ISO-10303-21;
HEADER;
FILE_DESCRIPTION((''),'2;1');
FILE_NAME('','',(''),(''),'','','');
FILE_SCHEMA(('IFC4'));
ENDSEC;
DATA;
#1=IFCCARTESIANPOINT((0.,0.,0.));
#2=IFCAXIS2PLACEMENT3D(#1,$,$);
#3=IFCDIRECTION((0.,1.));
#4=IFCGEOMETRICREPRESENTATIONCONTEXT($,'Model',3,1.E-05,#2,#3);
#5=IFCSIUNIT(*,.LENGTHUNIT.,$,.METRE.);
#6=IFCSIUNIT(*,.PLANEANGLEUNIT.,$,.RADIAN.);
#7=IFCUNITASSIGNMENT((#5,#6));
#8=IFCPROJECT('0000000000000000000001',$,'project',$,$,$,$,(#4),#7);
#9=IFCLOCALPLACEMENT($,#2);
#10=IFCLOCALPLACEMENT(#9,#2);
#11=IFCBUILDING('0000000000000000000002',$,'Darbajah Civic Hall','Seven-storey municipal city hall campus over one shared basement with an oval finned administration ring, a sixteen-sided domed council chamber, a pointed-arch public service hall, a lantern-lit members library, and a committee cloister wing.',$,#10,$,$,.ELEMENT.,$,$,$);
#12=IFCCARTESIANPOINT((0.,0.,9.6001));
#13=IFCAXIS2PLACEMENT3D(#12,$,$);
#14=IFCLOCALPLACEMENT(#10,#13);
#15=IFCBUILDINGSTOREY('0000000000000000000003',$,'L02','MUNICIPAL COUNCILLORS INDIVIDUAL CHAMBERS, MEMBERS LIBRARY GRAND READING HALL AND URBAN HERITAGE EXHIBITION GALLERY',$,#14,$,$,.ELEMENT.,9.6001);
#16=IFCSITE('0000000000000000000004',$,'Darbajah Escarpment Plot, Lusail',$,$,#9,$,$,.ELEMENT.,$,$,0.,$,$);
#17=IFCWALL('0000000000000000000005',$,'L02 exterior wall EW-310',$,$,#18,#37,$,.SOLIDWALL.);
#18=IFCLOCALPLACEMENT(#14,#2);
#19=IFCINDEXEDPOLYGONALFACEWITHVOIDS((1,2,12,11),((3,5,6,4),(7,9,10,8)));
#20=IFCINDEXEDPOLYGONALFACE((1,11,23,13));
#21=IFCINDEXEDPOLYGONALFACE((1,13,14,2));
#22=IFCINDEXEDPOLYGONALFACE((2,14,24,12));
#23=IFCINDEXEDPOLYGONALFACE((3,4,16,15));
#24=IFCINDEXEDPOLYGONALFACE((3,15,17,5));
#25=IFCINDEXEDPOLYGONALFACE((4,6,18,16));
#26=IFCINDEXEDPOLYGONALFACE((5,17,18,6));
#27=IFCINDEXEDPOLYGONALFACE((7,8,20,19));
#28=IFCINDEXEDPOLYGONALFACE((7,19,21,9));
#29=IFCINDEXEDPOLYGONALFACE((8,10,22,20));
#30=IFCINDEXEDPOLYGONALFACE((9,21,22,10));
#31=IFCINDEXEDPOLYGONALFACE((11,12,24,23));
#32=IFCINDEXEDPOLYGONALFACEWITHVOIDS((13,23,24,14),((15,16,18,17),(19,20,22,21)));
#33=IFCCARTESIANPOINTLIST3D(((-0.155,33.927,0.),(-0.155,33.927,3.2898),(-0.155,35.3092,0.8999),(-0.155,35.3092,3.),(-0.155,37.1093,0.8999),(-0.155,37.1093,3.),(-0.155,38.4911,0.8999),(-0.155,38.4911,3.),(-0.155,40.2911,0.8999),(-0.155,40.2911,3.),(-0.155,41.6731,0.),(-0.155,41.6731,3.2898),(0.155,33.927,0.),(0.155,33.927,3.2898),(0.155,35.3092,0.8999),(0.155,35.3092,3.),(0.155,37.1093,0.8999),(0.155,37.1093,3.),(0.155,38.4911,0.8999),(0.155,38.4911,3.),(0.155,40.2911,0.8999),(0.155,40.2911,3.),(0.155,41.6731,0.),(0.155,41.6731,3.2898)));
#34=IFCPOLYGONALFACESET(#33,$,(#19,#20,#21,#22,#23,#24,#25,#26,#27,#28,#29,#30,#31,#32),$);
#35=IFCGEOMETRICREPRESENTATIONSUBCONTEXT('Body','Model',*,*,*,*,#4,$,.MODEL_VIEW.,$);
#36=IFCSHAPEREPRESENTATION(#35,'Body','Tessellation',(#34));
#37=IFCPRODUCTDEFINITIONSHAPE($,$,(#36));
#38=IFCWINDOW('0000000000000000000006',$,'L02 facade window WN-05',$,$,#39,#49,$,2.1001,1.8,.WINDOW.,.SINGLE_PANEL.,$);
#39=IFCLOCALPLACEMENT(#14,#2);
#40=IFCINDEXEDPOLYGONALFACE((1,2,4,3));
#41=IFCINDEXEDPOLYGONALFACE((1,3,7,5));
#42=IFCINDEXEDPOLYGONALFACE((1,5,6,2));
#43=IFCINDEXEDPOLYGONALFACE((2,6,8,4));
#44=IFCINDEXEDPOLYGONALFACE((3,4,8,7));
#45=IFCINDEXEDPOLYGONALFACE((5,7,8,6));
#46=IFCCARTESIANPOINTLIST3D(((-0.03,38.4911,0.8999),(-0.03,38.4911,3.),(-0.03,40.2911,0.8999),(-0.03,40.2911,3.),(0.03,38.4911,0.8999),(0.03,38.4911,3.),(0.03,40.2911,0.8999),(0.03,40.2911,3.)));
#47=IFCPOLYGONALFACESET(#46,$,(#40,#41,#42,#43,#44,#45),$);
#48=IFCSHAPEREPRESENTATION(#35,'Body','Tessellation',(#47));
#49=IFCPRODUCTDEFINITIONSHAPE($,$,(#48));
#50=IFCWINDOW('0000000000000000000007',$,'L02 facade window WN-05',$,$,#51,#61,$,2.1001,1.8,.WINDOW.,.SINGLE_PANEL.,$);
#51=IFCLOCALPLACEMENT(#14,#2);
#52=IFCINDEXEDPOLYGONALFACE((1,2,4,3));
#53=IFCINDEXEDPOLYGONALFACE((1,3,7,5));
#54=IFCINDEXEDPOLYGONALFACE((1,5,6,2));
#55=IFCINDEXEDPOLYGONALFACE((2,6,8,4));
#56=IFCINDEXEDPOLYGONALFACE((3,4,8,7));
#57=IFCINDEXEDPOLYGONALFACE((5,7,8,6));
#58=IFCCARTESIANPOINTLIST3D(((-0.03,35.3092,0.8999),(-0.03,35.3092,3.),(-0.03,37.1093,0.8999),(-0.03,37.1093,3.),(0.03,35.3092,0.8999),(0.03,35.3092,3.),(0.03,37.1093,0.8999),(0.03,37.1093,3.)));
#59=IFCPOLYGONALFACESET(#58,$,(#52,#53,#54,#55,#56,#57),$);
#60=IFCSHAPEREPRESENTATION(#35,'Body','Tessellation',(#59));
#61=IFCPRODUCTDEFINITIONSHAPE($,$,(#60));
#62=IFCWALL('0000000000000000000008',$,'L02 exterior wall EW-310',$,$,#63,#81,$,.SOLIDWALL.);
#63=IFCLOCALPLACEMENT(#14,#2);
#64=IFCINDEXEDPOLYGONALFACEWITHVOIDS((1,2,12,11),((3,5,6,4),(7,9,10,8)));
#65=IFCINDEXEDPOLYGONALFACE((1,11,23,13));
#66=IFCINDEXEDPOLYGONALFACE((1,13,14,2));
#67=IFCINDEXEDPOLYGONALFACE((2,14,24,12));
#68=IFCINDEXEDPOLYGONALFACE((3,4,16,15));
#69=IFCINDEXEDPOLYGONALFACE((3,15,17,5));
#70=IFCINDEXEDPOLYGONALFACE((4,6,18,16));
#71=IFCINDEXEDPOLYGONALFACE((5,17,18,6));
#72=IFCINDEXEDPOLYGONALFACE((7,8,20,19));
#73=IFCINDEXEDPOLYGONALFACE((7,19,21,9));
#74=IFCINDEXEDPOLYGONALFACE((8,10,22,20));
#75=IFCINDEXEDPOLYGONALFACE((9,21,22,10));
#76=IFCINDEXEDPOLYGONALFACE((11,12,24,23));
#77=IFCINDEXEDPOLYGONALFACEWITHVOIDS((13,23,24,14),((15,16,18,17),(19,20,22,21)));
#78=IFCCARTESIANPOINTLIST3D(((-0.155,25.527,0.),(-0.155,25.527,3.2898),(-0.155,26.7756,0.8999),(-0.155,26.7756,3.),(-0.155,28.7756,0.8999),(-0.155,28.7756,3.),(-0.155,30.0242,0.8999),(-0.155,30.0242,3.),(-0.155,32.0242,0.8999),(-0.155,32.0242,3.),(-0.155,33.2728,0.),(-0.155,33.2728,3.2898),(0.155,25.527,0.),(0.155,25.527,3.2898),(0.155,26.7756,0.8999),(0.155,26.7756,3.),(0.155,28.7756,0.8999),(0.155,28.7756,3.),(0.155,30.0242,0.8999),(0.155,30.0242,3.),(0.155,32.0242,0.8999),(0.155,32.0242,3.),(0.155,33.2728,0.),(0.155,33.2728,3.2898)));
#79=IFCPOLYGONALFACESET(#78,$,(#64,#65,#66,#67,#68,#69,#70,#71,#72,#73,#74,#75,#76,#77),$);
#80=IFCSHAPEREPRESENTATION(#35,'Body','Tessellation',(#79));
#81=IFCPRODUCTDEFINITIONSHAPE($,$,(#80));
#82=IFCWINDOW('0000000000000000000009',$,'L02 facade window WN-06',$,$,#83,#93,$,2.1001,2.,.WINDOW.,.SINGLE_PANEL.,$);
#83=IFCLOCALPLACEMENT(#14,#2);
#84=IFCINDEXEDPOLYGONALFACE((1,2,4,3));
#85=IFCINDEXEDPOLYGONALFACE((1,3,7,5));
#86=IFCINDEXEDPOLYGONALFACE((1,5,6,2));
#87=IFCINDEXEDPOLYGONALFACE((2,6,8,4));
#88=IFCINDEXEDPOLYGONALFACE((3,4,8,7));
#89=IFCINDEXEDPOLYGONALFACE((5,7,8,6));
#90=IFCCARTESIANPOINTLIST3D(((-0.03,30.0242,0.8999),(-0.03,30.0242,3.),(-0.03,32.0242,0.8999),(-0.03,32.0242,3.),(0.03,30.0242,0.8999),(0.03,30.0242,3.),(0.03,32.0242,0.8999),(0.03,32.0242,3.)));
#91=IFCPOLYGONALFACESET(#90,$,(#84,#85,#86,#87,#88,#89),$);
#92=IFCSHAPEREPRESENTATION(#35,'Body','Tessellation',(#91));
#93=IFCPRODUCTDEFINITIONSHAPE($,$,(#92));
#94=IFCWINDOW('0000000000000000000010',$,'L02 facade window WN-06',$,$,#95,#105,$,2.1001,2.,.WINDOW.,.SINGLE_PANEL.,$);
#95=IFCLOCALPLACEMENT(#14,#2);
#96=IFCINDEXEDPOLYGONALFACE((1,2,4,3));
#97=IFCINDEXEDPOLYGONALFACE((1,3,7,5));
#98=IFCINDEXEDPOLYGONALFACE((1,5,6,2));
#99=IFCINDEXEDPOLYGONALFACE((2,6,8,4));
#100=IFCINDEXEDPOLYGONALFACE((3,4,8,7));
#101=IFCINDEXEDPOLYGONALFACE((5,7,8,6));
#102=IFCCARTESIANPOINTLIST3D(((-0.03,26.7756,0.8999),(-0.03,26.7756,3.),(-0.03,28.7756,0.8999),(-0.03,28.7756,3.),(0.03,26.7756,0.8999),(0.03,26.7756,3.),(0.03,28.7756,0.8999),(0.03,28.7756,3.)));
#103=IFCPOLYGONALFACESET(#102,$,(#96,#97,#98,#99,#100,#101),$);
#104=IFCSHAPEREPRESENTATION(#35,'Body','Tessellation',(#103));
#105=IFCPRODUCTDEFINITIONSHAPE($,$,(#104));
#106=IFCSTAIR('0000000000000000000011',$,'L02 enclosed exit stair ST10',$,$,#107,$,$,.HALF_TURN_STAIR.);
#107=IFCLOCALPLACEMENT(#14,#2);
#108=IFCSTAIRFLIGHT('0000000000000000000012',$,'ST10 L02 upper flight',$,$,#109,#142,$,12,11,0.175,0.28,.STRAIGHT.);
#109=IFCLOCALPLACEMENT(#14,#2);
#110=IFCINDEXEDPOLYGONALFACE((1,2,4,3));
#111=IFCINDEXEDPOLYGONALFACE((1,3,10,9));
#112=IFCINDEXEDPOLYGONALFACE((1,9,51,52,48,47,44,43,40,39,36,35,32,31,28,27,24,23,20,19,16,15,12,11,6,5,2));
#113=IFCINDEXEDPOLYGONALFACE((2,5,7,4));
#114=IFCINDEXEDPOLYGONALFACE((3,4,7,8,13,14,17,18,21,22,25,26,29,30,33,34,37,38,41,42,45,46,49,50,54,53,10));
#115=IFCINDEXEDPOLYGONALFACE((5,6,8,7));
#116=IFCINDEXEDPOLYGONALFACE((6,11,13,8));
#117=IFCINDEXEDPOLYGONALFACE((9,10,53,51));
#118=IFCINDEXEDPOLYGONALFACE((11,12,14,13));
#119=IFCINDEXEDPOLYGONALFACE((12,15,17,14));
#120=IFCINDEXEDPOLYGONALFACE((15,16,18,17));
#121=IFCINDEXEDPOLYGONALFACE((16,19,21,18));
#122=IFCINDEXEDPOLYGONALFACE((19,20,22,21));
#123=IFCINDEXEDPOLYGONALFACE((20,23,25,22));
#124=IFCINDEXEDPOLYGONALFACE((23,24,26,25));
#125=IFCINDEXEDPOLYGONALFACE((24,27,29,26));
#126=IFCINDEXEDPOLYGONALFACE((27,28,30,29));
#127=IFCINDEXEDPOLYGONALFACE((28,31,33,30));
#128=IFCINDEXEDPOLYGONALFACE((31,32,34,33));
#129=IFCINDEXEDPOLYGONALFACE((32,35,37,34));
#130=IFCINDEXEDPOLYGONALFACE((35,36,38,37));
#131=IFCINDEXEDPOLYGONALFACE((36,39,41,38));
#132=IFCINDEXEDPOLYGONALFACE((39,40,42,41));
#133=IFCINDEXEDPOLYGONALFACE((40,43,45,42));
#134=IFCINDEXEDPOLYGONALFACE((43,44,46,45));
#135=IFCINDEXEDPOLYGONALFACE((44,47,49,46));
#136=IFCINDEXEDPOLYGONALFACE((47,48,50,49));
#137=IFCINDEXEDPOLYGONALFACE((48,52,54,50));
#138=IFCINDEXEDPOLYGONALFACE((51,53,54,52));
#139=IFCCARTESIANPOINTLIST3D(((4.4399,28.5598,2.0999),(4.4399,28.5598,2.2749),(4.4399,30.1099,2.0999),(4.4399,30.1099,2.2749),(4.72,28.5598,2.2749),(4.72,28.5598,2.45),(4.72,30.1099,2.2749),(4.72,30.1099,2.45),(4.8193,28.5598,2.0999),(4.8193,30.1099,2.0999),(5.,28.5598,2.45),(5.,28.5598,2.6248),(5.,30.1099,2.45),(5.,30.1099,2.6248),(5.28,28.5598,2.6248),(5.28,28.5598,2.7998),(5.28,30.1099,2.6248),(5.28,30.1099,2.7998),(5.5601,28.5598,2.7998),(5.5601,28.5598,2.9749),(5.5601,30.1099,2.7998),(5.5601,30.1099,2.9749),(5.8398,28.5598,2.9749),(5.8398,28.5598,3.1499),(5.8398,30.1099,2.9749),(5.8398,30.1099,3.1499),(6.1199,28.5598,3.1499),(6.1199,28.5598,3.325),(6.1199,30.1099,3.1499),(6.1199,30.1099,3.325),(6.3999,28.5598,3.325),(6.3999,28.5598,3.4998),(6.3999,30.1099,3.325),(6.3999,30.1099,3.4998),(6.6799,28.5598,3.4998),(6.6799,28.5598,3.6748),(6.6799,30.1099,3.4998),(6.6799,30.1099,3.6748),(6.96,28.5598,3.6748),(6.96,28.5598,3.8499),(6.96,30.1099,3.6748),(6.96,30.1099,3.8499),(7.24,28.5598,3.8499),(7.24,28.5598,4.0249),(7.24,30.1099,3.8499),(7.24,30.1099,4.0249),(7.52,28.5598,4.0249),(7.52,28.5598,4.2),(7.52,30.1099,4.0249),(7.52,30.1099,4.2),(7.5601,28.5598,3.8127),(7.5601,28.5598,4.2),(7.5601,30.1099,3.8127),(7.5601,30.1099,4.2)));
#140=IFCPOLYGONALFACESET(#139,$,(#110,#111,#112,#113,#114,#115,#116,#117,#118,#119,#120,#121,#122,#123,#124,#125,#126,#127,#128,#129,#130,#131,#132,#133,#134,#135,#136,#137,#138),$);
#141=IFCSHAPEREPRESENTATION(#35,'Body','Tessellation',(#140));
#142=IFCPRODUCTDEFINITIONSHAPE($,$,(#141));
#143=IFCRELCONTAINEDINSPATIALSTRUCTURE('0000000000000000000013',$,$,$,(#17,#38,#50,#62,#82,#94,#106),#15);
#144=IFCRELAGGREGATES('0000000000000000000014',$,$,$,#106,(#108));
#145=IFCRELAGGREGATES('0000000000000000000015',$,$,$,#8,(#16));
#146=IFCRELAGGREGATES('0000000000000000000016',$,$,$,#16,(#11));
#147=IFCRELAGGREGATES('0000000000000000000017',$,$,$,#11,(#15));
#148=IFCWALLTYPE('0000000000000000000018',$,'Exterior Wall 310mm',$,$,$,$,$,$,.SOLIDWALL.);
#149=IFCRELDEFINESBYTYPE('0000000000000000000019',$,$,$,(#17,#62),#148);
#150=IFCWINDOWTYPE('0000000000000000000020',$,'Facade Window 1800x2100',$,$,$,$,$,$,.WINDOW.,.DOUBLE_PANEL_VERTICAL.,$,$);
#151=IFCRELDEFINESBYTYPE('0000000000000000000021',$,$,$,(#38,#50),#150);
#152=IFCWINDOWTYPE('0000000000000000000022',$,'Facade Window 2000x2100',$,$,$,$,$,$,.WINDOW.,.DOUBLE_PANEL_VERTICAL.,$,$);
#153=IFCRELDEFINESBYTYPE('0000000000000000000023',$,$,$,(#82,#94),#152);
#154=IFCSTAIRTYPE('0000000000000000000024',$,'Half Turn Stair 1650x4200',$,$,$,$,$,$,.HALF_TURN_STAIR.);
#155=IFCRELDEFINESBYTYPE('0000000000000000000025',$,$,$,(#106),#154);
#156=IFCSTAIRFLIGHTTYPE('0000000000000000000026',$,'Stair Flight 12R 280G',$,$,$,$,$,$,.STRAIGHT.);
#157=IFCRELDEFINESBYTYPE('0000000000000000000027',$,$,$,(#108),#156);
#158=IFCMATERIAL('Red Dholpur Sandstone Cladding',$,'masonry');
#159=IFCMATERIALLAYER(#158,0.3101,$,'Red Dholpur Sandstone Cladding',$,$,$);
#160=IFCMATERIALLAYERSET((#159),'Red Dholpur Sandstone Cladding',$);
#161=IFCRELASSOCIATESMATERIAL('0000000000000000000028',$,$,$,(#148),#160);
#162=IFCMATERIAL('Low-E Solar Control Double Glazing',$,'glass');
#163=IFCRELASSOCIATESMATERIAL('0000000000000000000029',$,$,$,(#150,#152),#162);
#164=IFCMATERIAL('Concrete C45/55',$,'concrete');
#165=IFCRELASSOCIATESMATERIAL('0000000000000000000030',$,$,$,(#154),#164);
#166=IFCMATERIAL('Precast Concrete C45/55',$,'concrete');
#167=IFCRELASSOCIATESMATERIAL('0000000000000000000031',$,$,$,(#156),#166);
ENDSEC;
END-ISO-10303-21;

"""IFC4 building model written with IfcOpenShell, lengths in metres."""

from ifc_helpers import new_model, si_unit, direction, frame, frame_2d, origin, place, context, subcontext, project, spatial, polyline, rectangle, outline, extrude, material, layer, layer_set, type_object, element, fill, aggregate, save


model = new_model("IFC4")

# Units and contexts
model_context = context("Model", 3, precision=1e-05, world=origin(), true_north=direction((0.0, 1.0)))
body_context = subcontext(model_context, "Body", "Model", "MODEL_VIEW")
ifc_project = project(units=[si_unit("LENGTHUNIT", "METRE"), si_unit("PLANEANGLEUNIT", "RADIAN")], contexts=[model_context])

# Site, building, storey
site_placement = place(None, origin())
site = spatial("IfcSite", under=ifc_project, at=site_placement, Name="Darbajah Escarpment Plot, Lusail", CompositionType="ELEMENT", RefElevation=0.0)
building_placement = place(site_placement, origin())
building = spatial("IfcBuilding", under=site, at=building_placement, Name="Darbajah Civic Hall", Description="Seven-storey municipal city hall campus over one shared basement with an oval finned administration ring, a sixteen-sided domed council chamber, a pointed-arch public service hall, a lantern-lit members library, and a committee cloister wing.", CompositionType="ELEMENT")
storey_placement = place(building_placement, frame((0.0, 0.0, 9.6001)))
storey = spatial("IfcBuildingStorey", under=building, at=storey_placement, Name="L02", Description="MUNICIPAL COUNCILLORS INDIVIDUAL CHAMBERS, MEMBERS LIBRARY GRAND READING HALL AND URBAN HERITAGE EXHIBITION GALLERY", CompositionType="ELEMENT", Elevation=9.6001)

# Shared definitions
ifc_material_1 = material(Name="Concrete C45/55", Category="concrete")

# Walls, openings, windows
ifc_material_2 = material(Name="Red Dholpur Sandstone Cladding", Category="masonry")
ifc_layer_1 = layer(ifc_material_2, 0.3101, Name="Red Dholpur Sandstone Cladding")
ifc_layer_set_1 = layer_set([ifc_layer_1], Name="Red Dholpur Sandstone Cladding")
wall_type_1 = type_object("IfcWallType", Name="Exterior Wall 310mm", PredefinedType="SOLIDWALL", material=ifc_layer_set_1)
wall_1_placement = place(storey_placement, frame((0.0, 41.6731, 0.0), z_axis=(0.0, 0.0, 1.0), x_axis=(0.0, -1.0, 0.0)))
wall_1 = element("IfcWall", 1, at=wall_1_placement, inside=storey, type_object=wall_type_1, Name="L02 exterior wall EW-310", PredefinedType="SOLIDWALL", context=body_context, shape_type="SweptSolid", body=[
    extrude(rectangle(XDim=7.7461, YDim=0.3101, at=frame_2d((3.873, 0.0))), origin(), (0.0, 0.0, 1.0), 3.2898),
])
opening_1_placement = place(wall_1_placement, frame((1.3821, 0.0, 0.8999)))
opening_1 = element("IfcOpeningElement", 2, at=opening_1_placement, cuts=wall_1, PredefinedType="OPENING", context=body_context, shape_type="SweptSolid", body=[
    extrude(rectangle(XDim=1.8, YDim=2.1001, at=frame_2d((0.8999, 1.05))), frame((0.0, 0.165, 0.0), z_axis=(0.0, -1.0, 0.0), x_axis=(1.0, 0.0, 0.0)), (0.0, 0.0, 1.0), 0.3301),
])
opening_2_placement = place(wall_1_placement, frame((4.564, 0.0, 0.8999)))
opening_2 = element("IfcOpeningElement", 3, at=opening_2_placement, cuts=wall_1, PredefinedType="OPENING", context=body_context, shape_type="SweptSolid", body=[
    extrude(rectangle(XDim=1.8, YDim=2.1001, at=frame_2d((0.8999, 1.05))), frame((0.0, 0.165, 0.0), z_axis=(0.0, -1.0, 0.0), x_axis=(1.0, 0.0, 0.0)), (0.0, 0.0, 1.0), 0.3301),
])
ifc_material_3 = material(Name="Low-E Solar Control Double Glazing", Category="glass")
window_type_1 = type_object("IfcWindowType", Name="Facade Window 1800x2100", PartitioningType="DOUBLE_PANEL_VERTICAL", PredefinedType="WINDOW", material=ifc_material_3)
window_1_placement = place(opening_1_placement, origin())
window_1 = element("IfcWindow", 4, at=window_1_placement, inside=storey, type_object=window_type_1, Name="L02 facade window WN-05", OverallHeight=2.1001, OverallWidth=1.8, PartitioningType="SINGLE_PANEL", PredefinedType="WINDOW", context=body_context, shape_type="SweptSolid", body=[
    extrude(rectangle(XDim=1.8, YDim=2.1001, at=frame_2d((0.8999, 1.05))), frame((0.0, 0.03, 0.0), z_axis=(0.0, -1.0, 0.0), x_axis=(1.0, 0.0, 0.0)), (0.0, 0.0, 1.0), 0.0601),
])
fill(opening_1, window_1)
window_2_placement = place(opening_2_placement, origin())
window_2 = element("IfcWindow", 5, at=window_2_placement, inside=storey, type_object=window_type_1, Name="L02 facade window WN-05", OverallHeight=2.1001, OverallWidth=1.8, PartitioningType="SINGLE_PANEL", PredefinedType="WINDOW", context=body_context, shape_type="SweptSolid", body=[
    extrude(rectangle(XDim=1.8, YDim=2.1001, at=frame_2d((0.8999, 1.05))), frame((0.0, 0.03, 0.0), z_axis=(0.0, -1.0, 0.0), x_axis=(1.0, 0.0, 0.0)), (0.0, 0.0, 1.0), 0.0601),
])
fill(opening_2, window_2)
wall_2_placement = place(storey_placement, frame((0.0, 33.2729, 0.0), z_axis=(0.0, 0.0, 1.0), x_axis=(0.0, -1.0, 0.0)))
wall_2 = element("IfcWall", 6, at=wall_2_placement, inside=storey, type_object=wall_type_1, Name="L02 exterior wall EW-310", PredefinedType="SOLIDWALL", context=body_context, shape_type="SweptSolid", body=[
    extrude(rectangle(XDim=7.7458, YDim=0.3101, at=frame_2d((3.873, 0.0))), origin(), (0.0, 0.0, 1.0), 3.2898),
])
opening_3_placement = place(wall_2_placement, frame((1.2488, 0.0, 0.8999)))
opening_3 = element("IfcOpeningElement", 7, at=opening_3_placement, cuts=wall_2, PredefinedType="OPENING", context=body_context, shape_type="SweptSolid", body=[
    extrude(rectangle(XDim=2.0, YDim=2.1001, at=frame_2d((1.0, 1.05))), frame((0.0, 0.165, 0.0), z_axis=(0.0, -1.0, 0.0), x_axis=(1.0, 0.0, 0.0)), (0.0, 0.0, 1.0), 0.3301),
])
opening_4_placement = place(wall_2_placement, frame((4.4973, 0.0, 0.8999)))
opening_4 = element("IfcOpeningElement", 8, at=opening_4_placement, cuts=wall_2, PredefinedType="OPENING", context=body_context, shape_type="SweptSolid", body=[
    extrude(rectangle(XDim=2.0, YDim=2.1001, at=frame_2d((1.0, 1.05))), frame((0.0, 0.165, 0.0), z_axis=(0.0, -1.0, 0.0), x_axis=(1.0, 0.0, 0.0)), (0.0, 0.0, 1.0), 0.3301),
])
window_type_2 = type_object("IfcWindowType", Name="Facade Window 2000x2100", PartitioningType="DOUBLE_PANEL_VERTICAL", PredefinedType="WINDOW", material=ifc_material_3)
window_3_placement = place(opening_3_placement, origin())
window_3 = element("IfcWindow", 9, at=window_3_placement, inside=storey, type_object=window_type_2, Name="L02 facade window WN-06", OverallHeight=2.1001, OverallWidth=2.0, PartitioningType="SINGLE_PANEL", PredefinedType="WINDOW", context=body_context, shape_type="SweptSolid", body=[
    extrude(rectangle(XDim=2.0, YDim=2.1001, at=frame_2d((1.0, 1.05))), frame((0.0, 0.03, 0.0), z_axis=(0.0, -1.0, 0.0), x_axis=(1.0, 0.0, 0.0)), (0.0, 0.0, 1.0), 0.0601),
])
fill(opening_3, window_3)
window_4_placement = place(opening_4_placement, origin())
window_4 = element("IfcWindow", 10, at=window_4_placement, inside=storey, type_object=window_type_2, Name="L02 facade window WN-06", OverallHeight=2.1001, OverallWidth=2.0, PartitioningType="SINGLE_PANEL", PredefinedType="WINDOW", context=body_context, shape_type="SweptSolid", body=[
    extrude(rectangle(XDim=2.0, YDim=2.1001, at=frame_2d((1.0, 1.05))), frame((0.0, 0.03, 0.0), z_axis=(0.0, -1.0, 0.0), x_axis=(1.0, 0.0, 0.0)), (0.0, 0.0, 1.0), 0.0601),
])
fill(opening_4, window_4)

# Stair, stair flight
stair_type = type_object("IfcStairType", Name="Half Turn Stair 1650x4200", PredefinedType="HALF_TURN_STAIR", material=ifc_material_1)
stair_placement = place(storey_placement, origin())
stair = element("IfcStair", 11, at=stair_placement, inside=storey, type_object=stair_type, Name="L02 enclosed exit stair ST10", PredefinedType="HALF_TURN_STAIR")
ifc_material_4 = material(Name="Precast Concrete C45/55", Category="concrete")
stair_flight_type = type_object("IfcStairFlightType", Name="Stair Flight 12R 280G", PredefinedType="STRAIGHT", material=ifc_material_4)
stair_flight_placement = place(storey_placement, frame((4.4399, 29.335, 2.0999), z_axis=(0.0, 0.0, 1.0), x_axis=(1.0, 0.0, 0.0)))
stair_flight = element("IfcStairFlight", 12, at=stair_flight_placement, type_object=stair_flight_type, Name="ST10 L02 upper flight", NumberOfRisers=12, NumberOfTreads=11, PredefinedType="STRAIGHT", RiserHeight=0.175, TreadLength=0.28, context=body_context, shape_type="SweptSolid", body=[
    extrude(outline(polyline([(0.0, 0.0), (0.0, 0.175), (0.28, 0.175), (0.28, 0.3501), (0.5601, 0.3501), (0.5601, 0.5249), (0.8401, 0.5249), (0.8401, 0.7), (1.1201, 0.7), (1.1201, 0.875), (1.3999, 0.875), (1.3999, 1.05), (1.6799, 1.05), (1.6799, 1.2251), (1.96, 1.2251), (1.96, 1.3999), (2.24, 1.3999), (2.24, 1.575), (2.52, 1.575), (2.52, 1.75), (2.8, 1.75), (2.8, 1.925), (3.0801, 1.925), (3.0801, 2.1001), (3.1201, 2.1001), (3.1201, 1.7129), (0.3794, 0.0), (0.0, 0.0)])), frame((0.0, 0.7749, 0.0), z_axis=(0.0, -1.0, 0.0), x_axis=(1.0, 0.0, 0.0)), (0.0, 0.0, 1.0), 1.55),
])
aggregate(stair, [stair_flight])

save(model, "model.ifc")
